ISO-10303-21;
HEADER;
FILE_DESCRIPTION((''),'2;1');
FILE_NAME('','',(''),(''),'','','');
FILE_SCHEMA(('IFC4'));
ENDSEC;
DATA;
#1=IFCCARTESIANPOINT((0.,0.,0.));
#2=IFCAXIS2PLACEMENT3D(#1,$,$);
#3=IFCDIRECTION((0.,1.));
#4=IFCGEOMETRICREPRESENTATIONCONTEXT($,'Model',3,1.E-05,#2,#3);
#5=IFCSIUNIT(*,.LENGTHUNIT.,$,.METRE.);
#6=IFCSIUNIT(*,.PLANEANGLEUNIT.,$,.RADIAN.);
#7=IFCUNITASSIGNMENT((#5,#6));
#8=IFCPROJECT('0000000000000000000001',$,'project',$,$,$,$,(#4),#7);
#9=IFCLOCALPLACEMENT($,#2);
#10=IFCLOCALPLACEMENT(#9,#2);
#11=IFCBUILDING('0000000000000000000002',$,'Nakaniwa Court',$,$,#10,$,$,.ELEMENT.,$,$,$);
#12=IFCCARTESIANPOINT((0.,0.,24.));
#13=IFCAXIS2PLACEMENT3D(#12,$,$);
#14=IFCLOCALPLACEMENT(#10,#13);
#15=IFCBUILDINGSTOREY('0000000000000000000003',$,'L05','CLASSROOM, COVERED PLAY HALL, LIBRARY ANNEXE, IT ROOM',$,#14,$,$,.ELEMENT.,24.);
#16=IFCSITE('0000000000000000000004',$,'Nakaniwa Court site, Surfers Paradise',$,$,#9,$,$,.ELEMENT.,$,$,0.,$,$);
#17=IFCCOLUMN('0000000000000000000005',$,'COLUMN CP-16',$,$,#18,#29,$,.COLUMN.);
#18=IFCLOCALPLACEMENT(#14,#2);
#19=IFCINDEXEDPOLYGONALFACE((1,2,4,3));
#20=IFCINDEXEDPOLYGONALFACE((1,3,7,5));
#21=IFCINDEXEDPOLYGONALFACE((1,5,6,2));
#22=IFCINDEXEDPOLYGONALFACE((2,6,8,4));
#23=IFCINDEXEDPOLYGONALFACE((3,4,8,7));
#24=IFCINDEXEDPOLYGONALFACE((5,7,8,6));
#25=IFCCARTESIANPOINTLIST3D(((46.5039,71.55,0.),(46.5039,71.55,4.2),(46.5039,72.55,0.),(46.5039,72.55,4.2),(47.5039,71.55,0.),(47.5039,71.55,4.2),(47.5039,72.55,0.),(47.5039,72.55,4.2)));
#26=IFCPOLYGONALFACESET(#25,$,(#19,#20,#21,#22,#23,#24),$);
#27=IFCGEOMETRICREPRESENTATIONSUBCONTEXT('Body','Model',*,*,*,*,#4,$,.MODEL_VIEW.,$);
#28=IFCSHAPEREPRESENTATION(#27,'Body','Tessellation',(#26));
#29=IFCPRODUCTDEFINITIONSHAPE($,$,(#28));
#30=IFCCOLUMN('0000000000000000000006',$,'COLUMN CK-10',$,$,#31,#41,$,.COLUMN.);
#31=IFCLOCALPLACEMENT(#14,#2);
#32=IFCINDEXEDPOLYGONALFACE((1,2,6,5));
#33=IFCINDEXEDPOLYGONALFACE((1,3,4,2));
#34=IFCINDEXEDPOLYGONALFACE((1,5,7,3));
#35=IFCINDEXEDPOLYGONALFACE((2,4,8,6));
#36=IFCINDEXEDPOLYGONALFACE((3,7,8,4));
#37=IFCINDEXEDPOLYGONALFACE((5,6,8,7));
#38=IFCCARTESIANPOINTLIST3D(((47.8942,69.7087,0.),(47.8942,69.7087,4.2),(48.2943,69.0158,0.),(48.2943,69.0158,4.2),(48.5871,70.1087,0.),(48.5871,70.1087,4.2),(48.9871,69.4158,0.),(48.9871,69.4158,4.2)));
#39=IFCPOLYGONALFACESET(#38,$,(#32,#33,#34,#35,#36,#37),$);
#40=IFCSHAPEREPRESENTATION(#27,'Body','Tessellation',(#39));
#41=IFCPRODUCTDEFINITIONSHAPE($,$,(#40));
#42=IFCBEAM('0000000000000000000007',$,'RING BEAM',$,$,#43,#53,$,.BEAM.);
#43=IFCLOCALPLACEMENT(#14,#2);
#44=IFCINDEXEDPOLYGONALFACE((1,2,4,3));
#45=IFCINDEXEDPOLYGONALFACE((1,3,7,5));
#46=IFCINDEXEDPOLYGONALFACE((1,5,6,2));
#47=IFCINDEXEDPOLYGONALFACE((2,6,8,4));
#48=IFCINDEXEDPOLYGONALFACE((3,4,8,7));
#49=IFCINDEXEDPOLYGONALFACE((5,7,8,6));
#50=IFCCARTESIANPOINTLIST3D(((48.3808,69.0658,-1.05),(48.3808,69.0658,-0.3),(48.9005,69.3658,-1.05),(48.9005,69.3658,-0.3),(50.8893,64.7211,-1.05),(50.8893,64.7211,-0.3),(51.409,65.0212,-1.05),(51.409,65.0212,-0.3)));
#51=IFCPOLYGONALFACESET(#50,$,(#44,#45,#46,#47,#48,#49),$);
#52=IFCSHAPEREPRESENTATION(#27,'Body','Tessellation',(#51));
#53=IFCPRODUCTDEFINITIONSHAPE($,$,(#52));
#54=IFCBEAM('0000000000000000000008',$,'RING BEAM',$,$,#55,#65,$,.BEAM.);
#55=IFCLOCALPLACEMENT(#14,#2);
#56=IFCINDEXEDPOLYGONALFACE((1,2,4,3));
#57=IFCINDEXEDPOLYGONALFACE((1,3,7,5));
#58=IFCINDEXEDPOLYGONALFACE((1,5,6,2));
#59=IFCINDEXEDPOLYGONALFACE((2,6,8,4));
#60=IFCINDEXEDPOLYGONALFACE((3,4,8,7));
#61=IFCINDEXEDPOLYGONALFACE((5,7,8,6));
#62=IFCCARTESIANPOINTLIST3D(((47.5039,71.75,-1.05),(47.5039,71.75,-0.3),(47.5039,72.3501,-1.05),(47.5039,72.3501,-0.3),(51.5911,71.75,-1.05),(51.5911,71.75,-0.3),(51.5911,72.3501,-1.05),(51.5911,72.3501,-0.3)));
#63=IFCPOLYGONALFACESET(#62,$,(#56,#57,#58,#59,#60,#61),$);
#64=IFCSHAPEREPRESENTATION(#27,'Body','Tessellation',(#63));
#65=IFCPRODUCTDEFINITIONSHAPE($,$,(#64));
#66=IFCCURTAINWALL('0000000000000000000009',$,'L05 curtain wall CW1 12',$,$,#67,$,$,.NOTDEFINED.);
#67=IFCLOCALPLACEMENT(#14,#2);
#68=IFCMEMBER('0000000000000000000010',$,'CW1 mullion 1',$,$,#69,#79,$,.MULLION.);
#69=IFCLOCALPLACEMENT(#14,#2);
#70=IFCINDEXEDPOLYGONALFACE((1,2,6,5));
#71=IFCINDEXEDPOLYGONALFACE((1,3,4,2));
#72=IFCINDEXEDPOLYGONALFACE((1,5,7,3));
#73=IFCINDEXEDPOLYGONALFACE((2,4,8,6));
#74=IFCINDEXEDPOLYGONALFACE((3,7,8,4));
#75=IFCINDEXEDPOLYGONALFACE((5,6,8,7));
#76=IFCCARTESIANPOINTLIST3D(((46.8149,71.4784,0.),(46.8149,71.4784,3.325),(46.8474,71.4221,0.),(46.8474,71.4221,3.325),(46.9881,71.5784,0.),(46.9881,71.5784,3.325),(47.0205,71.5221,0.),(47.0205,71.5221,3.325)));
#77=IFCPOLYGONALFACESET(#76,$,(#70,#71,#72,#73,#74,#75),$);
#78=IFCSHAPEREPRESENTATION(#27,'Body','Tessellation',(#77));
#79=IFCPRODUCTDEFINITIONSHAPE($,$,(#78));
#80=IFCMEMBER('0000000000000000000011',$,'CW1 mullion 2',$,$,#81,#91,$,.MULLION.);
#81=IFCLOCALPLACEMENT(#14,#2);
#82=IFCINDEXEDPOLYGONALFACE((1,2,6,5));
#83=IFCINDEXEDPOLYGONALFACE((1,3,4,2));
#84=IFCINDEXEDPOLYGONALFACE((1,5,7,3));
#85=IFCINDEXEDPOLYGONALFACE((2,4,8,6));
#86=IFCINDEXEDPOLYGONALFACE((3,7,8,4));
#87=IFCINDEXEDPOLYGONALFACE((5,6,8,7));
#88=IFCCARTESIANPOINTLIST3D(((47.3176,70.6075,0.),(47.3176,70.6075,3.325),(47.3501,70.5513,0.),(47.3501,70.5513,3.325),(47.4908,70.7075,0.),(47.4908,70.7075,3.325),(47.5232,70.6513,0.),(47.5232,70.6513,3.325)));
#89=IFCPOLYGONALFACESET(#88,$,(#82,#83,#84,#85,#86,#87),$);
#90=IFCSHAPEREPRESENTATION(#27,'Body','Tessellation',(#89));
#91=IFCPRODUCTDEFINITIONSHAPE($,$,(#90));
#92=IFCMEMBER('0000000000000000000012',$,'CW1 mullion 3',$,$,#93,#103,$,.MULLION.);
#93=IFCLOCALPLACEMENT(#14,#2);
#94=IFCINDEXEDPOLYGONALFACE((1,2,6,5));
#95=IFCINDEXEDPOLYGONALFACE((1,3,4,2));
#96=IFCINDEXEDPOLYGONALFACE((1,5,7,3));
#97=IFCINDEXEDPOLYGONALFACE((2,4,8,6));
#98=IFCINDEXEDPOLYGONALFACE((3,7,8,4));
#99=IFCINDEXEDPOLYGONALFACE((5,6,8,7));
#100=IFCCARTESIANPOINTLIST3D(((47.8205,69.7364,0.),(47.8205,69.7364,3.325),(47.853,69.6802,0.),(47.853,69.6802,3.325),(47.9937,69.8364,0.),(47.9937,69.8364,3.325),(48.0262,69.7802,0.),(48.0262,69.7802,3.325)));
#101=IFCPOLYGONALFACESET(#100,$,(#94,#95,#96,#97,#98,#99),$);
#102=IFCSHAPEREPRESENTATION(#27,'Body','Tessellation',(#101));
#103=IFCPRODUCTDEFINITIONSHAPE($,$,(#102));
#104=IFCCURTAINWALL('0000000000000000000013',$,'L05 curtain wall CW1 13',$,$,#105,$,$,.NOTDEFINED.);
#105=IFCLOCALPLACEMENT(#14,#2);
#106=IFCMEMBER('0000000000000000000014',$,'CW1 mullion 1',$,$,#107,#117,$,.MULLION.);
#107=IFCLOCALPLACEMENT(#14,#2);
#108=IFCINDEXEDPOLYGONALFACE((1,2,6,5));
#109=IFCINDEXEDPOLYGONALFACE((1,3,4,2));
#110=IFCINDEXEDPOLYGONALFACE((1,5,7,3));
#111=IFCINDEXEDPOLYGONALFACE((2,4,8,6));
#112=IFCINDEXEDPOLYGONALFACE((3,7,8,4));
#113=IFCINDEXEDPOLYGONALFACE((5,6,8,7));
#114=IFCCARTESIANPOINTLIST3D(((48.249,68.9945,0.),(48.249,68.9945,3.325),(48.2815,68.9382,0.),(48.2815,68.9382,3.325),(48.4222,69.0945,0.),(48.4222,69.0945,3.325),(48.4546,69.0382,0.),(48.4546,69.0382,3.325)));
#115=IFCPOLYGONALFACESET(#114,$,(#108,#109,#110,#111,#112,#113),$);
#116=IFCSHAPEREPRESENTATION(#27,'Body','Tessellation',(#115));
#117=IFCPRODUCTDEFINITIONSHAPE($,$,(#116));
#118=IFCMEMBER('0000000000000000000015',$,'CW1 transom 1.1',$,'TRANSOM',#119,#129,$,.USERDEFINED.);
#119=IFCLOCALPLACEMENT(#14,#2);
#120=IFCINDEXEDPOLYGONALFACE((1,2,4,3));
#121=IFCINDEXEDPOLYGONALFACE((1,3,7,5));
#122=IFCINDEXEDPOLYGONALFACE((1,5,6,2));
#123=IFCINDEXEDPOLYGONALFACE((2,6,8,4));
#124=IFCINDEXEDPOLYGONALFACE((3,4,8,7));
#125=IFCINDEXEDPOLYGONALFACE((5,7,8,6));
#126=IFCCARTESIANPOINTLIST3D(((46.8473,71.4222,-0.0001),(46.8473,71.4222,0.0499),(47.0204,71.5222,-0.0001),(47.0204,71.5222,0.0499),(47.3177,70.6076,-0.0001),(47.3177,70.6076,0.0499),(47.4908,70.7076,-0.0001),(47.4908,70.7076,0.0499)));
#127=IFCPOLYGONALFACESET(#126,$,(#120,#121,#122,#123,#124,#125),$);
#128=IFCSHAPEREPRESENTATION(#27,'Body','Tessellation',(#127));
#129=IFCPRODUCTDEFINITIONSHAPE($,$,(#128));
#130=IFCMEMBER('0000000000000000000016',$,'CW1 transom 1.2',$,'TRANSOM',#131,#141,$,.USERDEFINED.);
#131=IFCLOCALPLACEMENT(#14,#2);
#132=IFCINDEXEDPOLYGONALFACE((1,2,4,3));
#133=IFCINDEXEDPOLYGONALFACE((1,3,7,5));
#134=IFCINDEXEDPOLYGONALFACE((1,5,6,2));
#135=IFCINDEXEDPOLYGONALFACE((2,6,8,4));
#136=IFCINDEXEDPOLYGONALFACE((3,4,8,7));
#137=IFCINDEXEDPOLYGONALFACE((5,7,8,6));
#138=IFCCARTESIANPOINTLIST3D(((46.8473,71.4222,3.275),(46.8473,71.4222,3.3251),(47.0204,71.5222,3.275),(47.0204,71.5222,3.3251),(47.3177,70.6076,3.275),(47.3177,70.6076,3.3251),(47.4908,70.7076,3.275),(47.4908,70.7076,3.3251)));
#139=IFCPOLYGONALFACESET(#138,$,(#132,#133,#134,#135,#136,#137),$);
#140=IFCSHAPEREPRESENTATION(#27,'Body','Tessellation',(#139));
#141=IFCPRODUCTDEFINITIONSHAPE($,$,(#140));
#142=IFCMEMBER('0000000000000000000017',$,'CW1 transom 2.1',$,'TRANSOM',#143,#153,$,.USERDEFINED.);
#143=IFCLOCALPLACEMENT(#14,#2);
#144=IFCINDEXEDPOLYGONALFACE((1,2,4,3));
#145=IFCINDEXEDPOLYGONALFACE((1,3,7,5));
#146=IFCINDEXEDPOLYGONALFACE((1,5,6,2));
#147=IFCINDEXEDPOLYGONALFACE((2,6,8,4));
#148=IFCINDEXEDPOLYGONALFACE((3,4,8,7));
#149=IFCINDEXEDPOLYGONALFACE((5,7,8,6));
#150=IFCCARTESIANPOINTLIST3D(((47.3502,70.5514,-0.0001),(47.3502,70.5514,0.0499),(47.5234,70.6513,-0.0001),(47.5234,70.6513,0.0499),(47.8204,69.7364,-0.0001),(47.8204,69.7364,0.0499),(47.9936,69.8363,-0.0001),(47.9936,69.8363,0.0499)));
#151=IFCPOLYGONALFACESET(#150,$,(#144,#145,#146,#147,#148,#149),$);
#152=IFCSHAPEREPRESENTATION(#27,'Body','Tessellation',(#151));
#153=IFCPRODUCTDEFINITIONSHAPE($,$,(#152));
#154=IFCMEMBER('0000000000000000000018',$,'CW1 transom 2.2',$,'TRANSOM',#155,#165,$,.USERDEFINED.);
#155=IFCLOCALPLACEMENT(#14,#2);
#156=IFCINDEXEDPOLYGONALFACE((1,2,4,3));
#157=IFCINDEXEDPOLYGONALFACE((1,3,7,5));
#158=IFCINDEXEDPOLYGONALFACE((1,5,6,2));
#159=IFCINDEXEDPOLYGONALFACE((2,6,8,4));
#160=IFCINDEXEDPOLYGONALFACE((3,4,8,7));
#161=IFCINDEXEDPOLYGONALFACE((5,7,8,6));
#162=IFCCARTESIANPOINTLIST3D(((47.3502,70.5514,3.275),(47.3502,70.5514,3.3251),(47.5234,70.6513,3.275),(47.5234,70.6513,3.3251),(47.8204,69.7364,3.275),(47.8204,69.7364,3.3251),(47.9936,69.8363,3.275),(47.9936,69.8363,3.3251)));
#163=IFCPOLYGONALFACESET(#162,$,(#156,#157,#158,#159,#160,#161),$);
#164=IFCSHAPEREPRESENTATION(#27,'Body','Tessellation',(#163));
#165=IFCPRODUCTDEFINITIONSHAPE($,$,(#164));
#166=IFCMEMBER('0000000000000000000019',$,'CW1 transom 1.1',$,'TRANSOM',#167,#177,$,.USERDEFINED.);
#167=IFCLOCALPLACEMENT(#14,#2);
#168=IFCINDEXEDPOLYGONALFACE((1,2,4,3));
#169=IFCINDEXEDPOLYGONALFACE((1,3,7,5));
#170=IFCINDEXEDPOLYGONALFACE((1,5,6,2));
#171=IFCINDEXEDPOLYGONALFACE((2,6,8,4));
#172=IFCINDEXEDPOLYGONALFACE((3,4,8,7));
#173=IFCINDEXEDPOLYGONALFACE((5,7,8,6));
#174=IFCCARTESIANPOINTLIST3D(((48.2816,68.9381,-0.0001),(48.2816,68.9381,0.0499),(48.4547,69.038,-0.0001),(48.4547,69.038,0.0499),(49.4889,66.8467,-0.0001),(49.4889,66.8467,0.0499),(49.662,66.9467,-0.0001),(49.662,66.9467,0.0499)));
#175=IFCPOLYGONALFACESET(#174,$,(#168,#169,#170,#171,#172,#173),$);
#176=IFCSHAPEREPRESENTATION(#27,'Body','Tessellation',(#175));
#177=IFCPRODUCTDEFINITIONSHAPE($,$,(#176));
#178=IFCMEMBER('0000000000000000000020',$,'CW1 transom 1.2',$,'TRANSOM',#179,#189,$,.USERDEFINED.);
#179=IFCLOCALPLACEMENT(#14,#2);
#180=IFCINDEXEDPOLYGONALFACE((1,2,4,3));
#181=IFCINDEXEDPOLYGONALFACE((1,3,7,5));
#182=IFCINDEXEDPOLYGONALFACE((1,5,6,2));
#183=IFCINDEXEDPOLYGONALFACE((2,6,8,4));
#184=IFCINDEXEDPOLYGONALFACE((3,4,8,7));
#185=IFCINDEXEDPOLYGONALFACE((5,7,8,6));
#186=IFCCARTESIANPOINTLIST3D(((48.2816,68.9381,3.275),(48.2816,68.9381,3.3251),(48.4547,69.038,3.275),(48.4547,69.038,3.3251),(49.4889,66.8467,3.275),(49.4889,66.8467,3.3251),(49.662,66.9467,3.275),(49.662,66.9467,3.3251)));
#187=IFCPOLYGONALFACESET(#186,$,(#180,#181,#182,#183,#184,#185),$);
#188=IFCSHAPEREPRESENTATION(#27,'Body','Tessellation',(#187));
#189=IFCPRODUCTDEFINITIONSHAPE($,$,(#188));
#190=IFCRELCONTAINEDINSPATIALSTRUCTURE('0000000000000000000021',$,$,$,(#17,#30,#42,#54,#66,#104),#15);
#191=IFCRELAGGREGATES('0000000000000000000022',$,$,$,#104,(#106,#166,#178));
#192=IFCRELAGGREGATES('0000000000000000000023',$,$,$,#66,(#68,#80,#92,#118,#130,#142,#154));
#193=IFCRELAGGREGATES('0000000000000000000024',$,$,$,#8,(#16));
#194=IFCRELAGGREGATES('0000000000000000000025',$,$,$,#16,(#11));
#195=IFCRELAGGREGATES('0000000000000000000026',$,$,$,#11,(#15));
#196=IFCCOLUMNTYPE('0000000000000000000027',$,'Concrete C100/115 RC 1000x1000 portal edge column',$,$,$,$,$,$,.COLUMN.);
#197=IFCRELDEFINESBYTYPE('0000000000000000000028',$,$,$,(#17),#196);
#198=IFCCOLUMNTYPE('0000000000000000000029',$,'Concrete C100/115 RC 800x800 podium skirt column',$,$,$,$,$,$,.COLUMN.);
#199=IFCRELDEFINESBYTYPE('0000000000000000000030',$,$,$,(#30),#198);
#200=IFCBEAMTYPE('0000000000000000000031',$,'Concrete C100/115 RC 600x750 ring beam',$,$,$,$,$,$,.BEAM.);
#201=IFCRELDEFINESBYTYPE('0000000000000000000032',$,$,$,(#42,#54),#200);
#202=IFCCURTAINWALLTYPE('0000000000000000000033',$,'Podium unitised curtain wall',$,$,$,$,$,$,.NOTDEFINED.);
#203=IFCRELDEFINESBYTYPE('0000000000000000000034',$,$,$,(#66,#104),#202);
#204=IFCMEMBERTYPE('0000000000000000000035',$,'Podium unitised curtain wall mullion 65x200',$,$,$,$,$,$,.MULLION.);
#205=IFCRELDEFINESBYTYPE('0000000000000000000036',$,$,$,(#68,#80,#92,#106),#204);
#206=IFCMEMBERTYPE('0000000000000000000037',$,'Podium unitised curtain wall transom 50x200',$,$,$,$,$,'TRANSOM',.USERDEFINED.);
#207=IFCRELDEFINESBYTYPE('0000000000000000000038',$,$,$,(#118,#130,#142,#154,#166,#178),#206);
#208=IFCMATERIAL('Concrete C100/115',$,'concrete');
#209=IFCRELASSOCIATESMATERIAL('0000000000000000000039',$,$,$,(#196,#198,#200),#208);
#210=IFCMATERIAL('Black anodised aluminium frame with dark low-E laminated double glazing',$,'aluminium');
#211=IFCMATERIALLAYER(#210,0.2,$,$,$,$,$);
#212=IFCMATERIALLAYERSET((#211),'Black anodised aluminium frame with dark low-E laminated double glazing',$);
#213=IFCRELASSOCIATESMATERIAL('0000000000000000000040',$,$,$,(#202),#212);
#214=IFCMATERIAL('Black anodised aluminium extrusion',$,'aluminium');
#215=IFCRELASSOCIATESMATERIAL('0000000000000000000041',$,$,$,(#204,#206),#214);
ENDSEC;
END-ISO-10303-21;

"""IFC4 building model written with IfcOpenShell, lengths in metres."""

from ifc_helpers import new_model, si_unit, direction, frame, origin, origin_2d, place, context, subcontext, project, spatial, rectangle, extrude, material, layer, layer_set, material_profile, profile_set, type_object, element, aggregate, save


model = new_model("IFC4")

# Units and contexts
model_context = context("Model", 3, precision=1e-05, world=origin(), true_north=direction((0.0, 1.0)))
body_context = subcontext(model_context, "Body", "Model", "MODEL_VIEW")
ifc_project = project(units=[si_unit("LENGTHUNIT", "METRE"), si_unit("PLANEANGLEUNIT", "RADIAN")], contexts=[model_context])

# Site, building, storey
site_placement = place(None, origin())
site = spatial("IfcSite", under=ifc_project, at=site_placement, Name="Nakaniwa Court site, Surfers Paradise", CompositionType="ELEMENT", RefElevation=0.0)
building_placement = place(site_placement, origin())
building = spatial("IfcBuilding", under=site, at=building_placement, Name="Nakaniwa Court", CompositionType="ELEMENT")
storey_placement = place(building_placement, frame((0.0, 0.0, 24.0)))
storey = spatial("IfcBuildingStorey", under=building, at=storey_placement, Name="L05", Description="CLASSROOM, COVERED PLAY HALL, LIBRARY ANNEXE, IT ROOM", CompositionType="ELEMENT", Elevation=24.0)

# Columns
ifc_material_1 = material(Name="Concrete C100/115", Category="concrete")
ifc_material_profile_1 = material_profile(ifc_material_1, rectangle(XDim=1.0, YDim=1.0, at=origin_2d()), Name="Concrete C100/115 RC 1000x1000 portal edge column")
ifc_profile_set_1 = profile_set([ifc_material_profile_1], Name="Concrete C100/115")
column_type_1 = type_object("IfcColumnType", Name="Concrete C100/115 RC 1000x1000 portal edge column", PredefinedType="COLUMN", material=ifc_profile_set_1)
column_1_placement = place(storey_placement, frame((47.0039, 72.05, 0.0), z_axis=(0.0, 0.0, 1.0), x_axis=(1.0, 0.0, 0.0)))
element("IfcColumn", 1, at=column_1_placement, inside=storey, type_object=column_type_1, Name="COLUMN CP-16", PredefinedType="COLUMN", context=body_context, shape_type="SweptSolid", body=[
    extrude(rectangle(XDim=1.0, YDim=1.0, at=origin_2d()), origin(), (0.0, 0.0, 1.0), 4.2),
])
ifc_material_profile_2 = material_profile(ifc_material_1, rectangle(XDim=0.8, YDim=0.8, at=origin_2d()), Name="Concrete C100/115 RC 800x800 podium skirt column")
ifc_profile_set_2 = profile_set([ifc_material_profile_2], Name="Concrete C100/115")
column_type_2 = type_object("IfcColumnType", Name="Concrete C100/115 RC 800x800 podium skirt column", PredefinedType="COLUMN", material=ifc_profile_set_2)
column_2_placement = place(storey_placement, frame((48.4407, 69.5623, 0.0), z_axis=(0.0, 0.0, 1.0), x_axis=(0.5, -0.866025, 0.0)))
element("IfcColumn", 2, at=column_2_placement, inside=storey, type_object=column_type_2, Name="COLUMN CK-10", PredefinedType="COLUMN", context=body_context, shape_type="SweptSolid", body=[
    extrude(rectangle(XDim=0.8, YDim=0.8, at=origin_2d()), origin(), (0.0, 0.0, 1.0), 4.2),
])

# Beams
ifc_material_profile_3 = material_profile(ifc_material_1, rectangle(XDim=0.6001, YDim=0.75, at=origin_2d()), Name="Concrete C100/115 RC 600x750 ring beam")
ifc_profile_set_3 = profile_set([ifc_material_profile_3], Name="Concrete C100/115")
beam_type = type_object("IfcBeamType", Name="Concrete C100/115 RC 600x750 ring beam", PredefinedType="BEAM", material=ifc_profile_set_3)
beam_1_placement = place(storey_placement, frame((48.6406, 69.2158, -0.675), z_axis=(0.500017, -0.866015, 0.0), x_axis=(0.866015, 0.500017, 0.0)))
element("IfcBeam", 3, at=beam_1_placement, inside=storey, type_object=beam_type, Name="RING BEAM", PredefinedType="BEAM", context=body_context, shape_type="SweptSolid", body=[
    extrude(rectangle(XDim=0.6001, YDim=0.75, at=origin_2d()), origin(), (0.0, 0.0, 1.0), 5.0168),
])
beam_2_placement = place(storey_placement, frame((47.5039, 72.05, -0.675), z_axis=(1.0, 0.0, 0.0), x_axis=(0.0, 1.0, 0.0)))
element("IfcBeam", 4, at=beam_2_placement, inside=storey, type_object=beam_type, Name="RING BEAM", PredefinedType="BEAM", context=body_context, shape_type="SweptSolid", body=[
    extrude(rectangle(XDim=0.6001, YDim=0.75, at=origin_2d()), origin(), (0.0, 0.0, 1.0), 4.0872),
])

# Curtain wall, members
ifc_material_2 = material(Name="Black anodised aluminium frame with dark low-E laminated double glazing", Category="aluminium")
ifc_layer_1 = layer(ifc_material_2, 0.2)
ifc_layer_set_1 = layer_set([ifc_layer_1], Name="Black anodised aluminium frame with dark low-E laminated double glazing")
curtain_wall_type = type_object("IfcCurtainWallType", Name="Podium unitised curtain wall", PredefinedType="NOTDEFINED", material=ifc_layer_set_1)
curtain_wall_1_placement = place(storey_placement, origin())
curtain_wall_1 = element("IfcCurtainWall", 5, at=curtain_wall_1_placement, inside=storey, type_object=curtain_wall_type, Name="L05 curtain wall CW1 12", PredefinedType="NOTDEFINED")
ifc_material_3 = material(Name="Black anodised aluminium extrusion", Category="aluminium")
ifc_material_profile_4 = material_profile(ifc_material_3, rectangle(XDim=0.2, YDim=0.0649, at=origin_2d()), Name="Podium unitised curtain wall mullion 65x200")
ifc_profile_set_4 = profile_set([ifc_material_profile_4], Name="Black anodised aluminium extrusion")
member_type_1 = type_object("IfcMemberType", Name="Podium unitised curtain wall mullion 65x200", PredefinedType="MULLION", material=ifc_profile_set_4)
member_1_placement = place(storey_placement, frame((46.9177, 71.5002, 0.0), z_axis=(0.0, 0.0, 1.0), x_axis=(0.866036, 0.499982, 0.0)))
member_1 = element("IfcMember", 6, at=member_1_placement, type_object=member_type_1, Name="CW1 mullion 1", PredefinedType="MULLION", context=body_context, shape_type="SweptSolid", body=[
    extrude(rectangle(XDim=0.2, YDim=0.0649, at=origin_2d()), origin(), (0.0, 0.0, 1.0), 3.325),
])
member_2_placement = place(storey_placement, frame((47.4204, 70.6294, 0.0), z_axis=(0.0, 0.0, 1.0), x_axis=(0.866036, 0.499982, 0.0)))
member_2 = element("IfcMember", 7, at=member_2_placement, type_object=member_type_1, Name="CW1 mullion 2", PredefinedType="MULLION", context=body_context, shape_type="SweptSolid", body=[
    extrude(rectangle(XDim=0.2, YDim=0.0649, at=origin_2d()), origin(), (0.0, 0.0, 1.0), 3.325),
])
member_3_placement = place(storey_placement, frame((47.9233, 69.7583, 0.0), z_axis=(0.0, 0.0, 1.0), x_axis=(0.866036, 0.499982, 0.0)))
member_3 = element("IfcMember", 8, at=member_3_placement, type_object=member_type_1, Name="CW1 mullion 3", PredefinedType="MULLION", context=body_context, shape_type="SweptSolid", body=[
    extrude(rectangle(XDim=0.2, YDim=0.0649, at=origin_2d()), origin(), (0.0, 0.0, 1.0), 3.325),
])

# Curtain wall, member
curtain_wall_2_placement = place(storey_placement, origin())
curtain_wall_2 = element("IfcCurtainWall", 9, at=curtain_wall_2_placement, inside=storey, type_object=curtain_wall_type, Name="L05 curtain wall CW1 13", PredefinedType="NOTDEFINED")
member_4_placement = place(storey_placement, frame((48.3518, 69.0164, 0.0), z_axis=(0.0, 0.0, 1.0), x_axis=(0.86603, 0.499992, 0.0)))
member_4 = element("IfcMember", 10, at=member_4_placement, type_object=member_type_1, Name="CW1 mullion 1", PredefinedType="MULLION", context=body_context, shape_type="SweptSolid", body=[
    extrude(rectangle(XDim=0.2, YDim=0.0649, at=origin_2d()), origin(), (0.0, 0.0, 1.0), 3.325),
])

# Members
ifc_material_profile_5 = material_profile(ifc_material_3, rectangle(XDim=0.2, YDim=0.05, at=origin_2d()), Name="Podium unitised curtain wall transom 50x200")
ifc_profile_set_5 = profile_set([ifc_material_profile_5], Name="Black anodised aluminium extrusion")
member_type_2 = type_object("IfcMemberType", Name="Podium unitised curtain wall transom 50x200", ElementType="TRANSOM", PredefinedType="USERDEFINED", material=ifc_profile_set_5)
member_5_placement = place(storey_placement, frame((46.9338, 71.4722, 0.0249), z_axis=(0.500074, -0.865982, 0.0), x_axis=(0.865982, 0.500074, 0.0)))
member_5 = element("IfcMember", 11, at=member_5_placement, type_object=member_type_2, Name="CW1 transom 1.1", ObjectType="TRANSOM", PredefinedType="USERDEFINED", context=body_context, shape_type="SweptSolid", body=[
    extrude(rectangle(XDim=0.2, YDim=0.05, at=origin_2d()), origin(), (0.0, 0.0, 1.0), 0.9407),
])
member_6_placement = place(storey_placement, frame((46.9338, 71.4722, 3.3), z_axis=(0.500074, -0.865982, 0.0), x_axis=(0.865982, 0.500074, 0.0)))
member_6 = element("IfcMember", 12, at=member_6_placement, type_object=member_type_2, Name="CW1 transom 1.2", ObjectType="TRANSOM", PredefinedType="USERDEFINED", context=body_context, shape_type="SweptSolid", body=[
    extrude(rectangle(XDim=0.2, YDim=0.05, at=origin_2d()), origin(), (0.0, 0.0, 1.0), 0.9407),
])
member_7_placement = place(storey_placement, frame((47.4368, 70.6013, 0.0249), z_axis=(0.499767, -0.86616, 0.0), x_axis=(0.86616, 0.499767, 0.0)))
member_7 = element("IfcMember", 13, at=member_7_placement, type_object=member_type_2, Name="CW1 transom 2.1", ObjectType="TRANSOM", PredefinedType="USERDEFINED", context=body_context, shape_type="SweptSolid", body=[
    extrude(rectangle(XDim=0.2, YDim=0.05, at=origin_2d()), origin(), (0.0, 0.0, 1.0), 0.9409),
])
member_8_placement = place(storey_placement, frame((47.4368, 70.6013, 3.3), z_axis=(0.499767, -0.86616, 0.0), x_axis=(0.86616, 0.499767, 0.0)))
member_8 = element("IfcMember", 14, at=member_8_placement, type_object=member_type_2, Name="CW1 transom 2.2", ObjectType="TRANSOM", PredefinedType="USERDEFINED", context=body_context, shape_type="SweptSolid", body=[
    extrude(rectangle(XDim=0.2, YDim=0.05, at=origin_2d()), origin(), (0.0, 0.0, 1.0), 0.9409),
])
member_9_placement = place(storey_placement, frame((48.3682, 68.988, 0.0249), z_axis=(0.499956, -0.866051, 0.0), x_axis=(0.866051, 0.499956, 0.0)))
member_9 = element("IfcMember", 15, at=member_9_placement, type_object=member_type_2, Name="CW1 transom 1.1", ObjectType="TRANSOM", PredefinedType="USERDEFINED", context=body_context, shape_type="SweptSolid", body=[
    extrude(rectangle(XDim=0.2, YDim=0.05, at=origin_2d()), origin(), (0.0, 0.0, 1.0), 2.4148),
])
member_10_placement = place(storey_placement, frame((48.3682, 68.988, 3.3), z_axis=(0.499956, -0.866051, 0.0), x_axis=(0.866051, 0.499956, 0.0)))
member_10 = element("IfcMember", 16, at=member_10_placement, type_object=member_type_2, Name="CW1 transom 1.2", ObjectType="TRANSOM", PredefinedType="USERDEFINED", context=body_context, shape_type="SweptSolid", body=[
    extrude(rectangle(XDim=0.2, YDim=0.05, at=origin_2d()), origin(), (0.0, 0.0, 1.0), 2.4148),
])
aggregate(curtain_wall_2, [member_4, member_9, member_10])

aggregate(curtain_wall_1, [member_1, member_2, member_3, member_5, member_6, member_7, member_8])

save(model, "model.ifc")
